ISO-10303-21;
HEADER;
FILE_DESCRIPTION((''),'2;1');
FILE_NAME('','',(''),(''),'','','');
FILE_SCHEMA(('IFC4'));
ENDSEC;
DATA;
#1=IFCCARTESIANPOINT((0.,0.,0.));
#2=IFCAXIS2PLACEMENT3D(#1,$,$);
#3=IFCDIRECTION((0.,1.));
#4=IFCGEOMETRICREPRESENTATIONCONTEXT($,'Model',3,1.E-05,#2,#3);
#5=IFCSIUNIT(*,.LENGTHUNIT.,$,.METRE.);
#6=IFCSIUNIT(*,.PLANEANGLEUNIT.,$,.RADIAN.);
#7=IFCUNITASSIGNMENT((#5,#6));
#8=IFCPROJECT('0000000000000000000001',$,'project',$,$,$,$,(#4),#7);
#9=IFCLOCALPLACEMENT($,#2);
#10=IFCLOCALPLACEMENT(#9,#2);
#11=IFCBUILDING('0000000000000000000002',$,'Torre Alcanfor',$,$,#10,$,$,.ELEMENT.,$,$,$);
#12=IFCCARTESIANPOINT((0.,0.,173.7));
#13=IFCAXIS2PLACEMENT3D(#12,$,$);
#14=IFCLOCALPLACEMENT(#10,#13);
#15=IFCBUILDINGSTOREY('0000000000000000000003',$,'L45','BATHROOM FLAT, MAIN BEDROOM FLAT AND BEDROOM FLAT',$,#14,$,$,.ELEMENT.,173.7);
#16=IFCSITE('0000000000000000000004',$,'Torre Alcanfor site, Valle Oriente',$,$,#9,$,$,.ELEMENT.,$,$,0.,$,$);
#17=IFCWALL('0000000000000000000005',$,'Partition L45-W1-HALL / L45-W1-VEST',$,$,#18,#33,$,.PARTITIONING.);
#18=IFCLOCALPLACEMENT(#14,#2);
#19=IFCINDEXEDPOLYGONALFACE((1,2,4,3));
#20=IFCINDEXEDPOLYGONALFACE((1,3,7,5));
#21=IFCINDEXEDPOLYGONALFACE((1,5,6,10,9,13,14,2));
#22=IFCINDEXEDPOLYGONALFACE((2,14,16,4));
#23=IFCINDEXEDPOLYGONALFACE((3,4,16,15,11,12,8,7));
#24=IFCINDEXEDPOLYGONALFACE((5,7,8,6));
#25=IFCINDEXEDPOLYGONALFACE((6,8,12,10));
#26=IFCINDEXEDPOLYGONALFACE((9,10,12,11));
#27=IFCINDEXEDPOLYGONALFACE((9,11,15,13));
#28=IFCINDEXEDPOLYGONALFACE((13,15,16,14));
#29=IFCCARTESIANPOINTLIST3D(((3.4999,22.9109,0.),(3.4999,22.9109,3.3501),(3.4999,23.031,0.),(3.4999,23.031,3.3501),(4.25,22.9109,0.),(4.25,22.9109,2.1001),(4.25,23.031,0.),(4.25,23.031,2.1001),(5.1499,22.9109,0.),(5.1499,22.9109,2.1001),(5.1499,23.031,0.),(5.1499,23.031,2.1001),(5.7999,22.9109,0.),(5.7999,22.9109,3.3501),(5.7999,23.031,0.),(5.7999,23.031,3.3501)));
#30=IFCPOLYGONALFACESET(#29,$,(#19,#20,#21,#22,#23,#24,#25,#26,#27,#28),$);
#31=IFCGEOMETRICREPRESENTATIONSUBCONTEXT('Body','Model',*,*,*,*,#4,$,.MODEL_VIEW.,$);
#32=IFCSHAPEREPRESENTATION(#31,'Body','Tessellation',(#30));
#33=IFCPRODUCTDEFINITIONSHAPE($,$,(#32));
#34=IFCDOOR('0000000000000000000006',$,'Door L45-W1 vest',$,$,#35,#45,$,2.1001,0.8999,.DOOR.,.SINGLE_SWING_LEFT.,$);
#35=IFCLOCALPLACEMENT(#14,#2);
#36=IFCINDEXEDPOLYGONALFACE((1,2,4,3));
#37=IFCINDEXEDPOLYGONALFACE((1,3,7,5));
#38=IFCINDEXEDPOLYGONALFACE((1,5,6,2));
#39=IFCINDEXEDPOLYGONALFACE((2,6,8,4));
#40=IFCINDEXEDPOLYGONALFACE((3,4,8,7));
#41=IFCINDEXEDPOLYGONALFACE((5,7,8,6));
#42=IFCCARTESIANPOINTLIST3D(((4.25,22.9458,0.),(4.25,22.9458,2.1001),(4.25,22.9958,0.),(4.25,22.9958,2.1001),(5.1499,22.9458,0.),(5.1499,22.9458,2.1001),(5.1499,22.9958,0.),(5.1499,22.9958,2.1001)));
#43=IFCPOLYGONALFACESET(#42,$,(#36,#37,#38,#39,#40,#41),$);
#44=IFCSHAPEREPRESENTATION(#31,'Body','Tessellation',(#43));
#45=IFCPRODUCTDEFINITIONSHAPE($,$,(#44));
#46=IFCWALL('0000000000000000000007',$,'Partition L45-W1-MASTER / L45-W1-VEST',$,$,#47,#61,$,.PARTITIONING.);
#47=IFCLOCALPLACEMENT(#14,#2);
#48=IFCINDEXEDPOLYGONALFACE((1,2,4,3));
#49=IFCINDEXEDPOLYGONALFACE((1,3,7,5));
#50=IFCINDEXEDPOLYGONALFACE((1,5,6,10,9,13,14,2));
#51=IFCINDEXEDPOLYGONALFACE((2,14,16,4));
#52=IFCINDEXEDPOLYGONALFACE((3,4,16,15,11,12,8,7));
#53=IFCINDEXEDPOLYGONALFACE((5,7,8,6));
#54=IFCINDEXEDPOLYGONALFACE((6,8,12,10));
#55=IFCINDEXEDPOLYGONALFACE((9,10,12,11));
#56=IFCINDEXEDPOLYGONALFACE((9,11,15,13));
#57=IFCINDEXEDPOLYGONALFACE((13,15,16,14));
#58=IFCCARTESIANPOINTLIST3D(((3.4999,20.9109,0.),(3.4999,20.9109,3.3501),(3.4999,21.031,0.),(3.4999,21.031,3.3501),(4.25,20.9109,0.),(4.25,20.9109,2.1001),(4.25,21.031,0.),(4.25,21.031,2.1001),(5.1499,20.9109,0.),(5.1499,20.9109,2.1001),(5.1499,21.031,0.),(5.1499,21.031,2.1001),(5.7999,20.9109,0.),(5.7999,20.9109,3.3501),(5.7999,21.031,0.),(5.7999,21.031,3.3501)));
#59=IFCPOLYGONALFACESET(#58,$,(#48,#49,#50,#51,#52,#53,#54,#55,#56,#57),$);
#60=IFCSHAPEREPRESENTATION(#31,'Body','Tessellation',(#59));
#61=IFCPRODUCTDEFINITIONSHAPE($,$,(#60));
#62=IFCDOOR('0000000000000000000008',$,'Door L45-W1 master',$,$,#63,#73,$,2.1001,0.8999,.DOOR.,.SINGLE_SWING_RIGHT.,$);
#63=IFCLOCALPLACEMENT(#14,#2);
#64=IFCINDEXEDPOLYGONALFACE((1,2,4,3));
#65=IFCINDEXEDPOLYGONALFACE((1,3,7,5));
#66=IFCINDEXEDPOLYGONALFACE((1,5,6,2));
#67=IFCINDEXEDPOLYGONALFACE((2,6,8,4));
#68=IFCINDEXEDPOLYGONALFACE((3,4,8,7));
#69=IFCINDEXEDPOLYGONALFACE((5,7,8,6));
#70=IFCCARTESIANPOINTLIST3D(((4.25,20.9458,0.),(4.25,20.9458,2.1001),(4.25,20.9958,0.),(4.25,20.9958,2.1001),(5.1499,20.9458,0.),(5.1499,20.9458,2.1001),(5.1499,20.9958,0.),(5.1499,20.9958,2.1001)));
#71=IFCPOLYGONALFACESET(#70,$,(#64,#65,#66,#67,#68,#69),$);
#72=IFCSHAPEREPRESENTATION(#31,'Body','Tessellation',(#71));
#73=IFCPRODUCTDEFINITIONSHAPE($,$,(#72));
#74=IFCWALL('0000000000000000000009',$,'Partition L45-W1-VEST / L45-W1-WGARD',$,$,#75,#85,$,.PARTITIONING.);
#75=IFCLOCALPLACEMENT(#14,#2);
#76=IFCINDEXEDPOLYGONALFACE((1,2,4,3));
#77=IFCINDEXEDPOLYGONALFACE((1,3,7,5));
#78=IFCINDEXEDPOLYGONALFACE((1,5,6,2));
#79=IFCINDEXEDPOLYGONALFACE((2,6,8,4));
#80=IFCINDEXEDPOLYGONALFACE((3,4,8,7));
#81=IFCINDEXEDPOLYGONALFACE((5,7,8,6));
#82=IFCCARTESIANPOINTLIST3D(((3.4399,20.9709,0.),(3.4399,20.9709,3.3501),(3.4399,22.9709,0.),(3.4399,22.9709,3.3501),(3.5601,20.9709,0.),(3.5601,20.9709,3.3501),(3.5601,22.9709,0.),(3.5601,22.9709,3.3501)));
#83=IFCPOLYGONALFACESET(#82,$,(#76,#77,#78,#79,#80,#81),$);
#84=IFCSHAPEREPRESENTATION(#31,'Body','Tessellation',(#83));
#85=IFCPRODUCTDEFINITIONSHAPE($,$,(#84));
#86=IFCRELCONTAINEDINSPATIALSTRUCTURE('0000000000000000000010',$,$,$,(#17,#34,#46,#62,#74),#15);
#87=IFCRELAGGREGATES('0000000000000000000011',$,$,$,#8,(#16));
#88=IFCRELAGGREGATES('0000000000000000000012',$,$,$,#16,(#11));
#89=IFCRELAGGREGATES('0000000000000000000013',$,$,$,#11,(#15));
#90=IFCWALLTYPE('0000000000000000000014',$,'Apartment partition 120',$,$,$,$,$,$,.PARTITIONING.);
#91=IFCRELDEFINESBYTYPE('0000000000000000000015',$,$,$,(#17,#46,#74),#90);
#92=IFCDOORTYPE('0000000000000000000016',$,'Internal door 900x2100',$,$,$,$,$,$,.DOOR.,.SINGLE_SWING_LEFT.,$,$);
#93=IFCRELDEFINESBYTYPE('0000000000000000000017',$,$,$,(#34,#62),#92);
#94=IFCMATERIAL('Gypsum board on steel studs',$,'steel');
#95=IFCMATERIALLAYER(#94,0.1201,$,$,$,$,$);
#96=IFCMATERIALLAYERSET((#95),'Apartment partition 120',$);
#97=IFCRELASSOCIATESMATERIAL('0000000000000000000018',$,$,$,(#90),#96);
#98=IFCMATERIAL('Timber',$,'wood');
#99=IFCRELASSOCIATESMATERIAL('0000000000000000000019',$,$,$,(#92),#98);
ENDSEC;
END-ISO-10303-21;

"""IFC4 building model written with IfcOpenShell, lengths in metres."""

from ifc_helpers import new_model, si_unit, direction, frame, frame_2d, origin, place, context, subcontext, project, spatial, rectangle, extrude, material, layer, layer_set, type_object, element, fill, save


model = new_model("IFC4")

# Units and contexts
model_context = context("Model", 3, precision=1e-05, world=origin(), true_north=direction((0.0, 1.0)))
body_context = subcontext(model_context, "Body", "Model", "MODEL_VIEW")
ifc_project = project(units=[si_unit("LENGTHUNIT", "METRE"), si_unit("PLANEANGLEUNIT", "RADIAN")], contexts=[model_context])

# Site, building, storey
site_placement = place(None, origin())
site = spatial("IfcSite", under=ifc_project, at=site_placement, Name="Torre Alcanfor site, Valle Oriente", CompositionType="ELEMENT", RefElevation=0.0)
building_placement = place(site_placement, origin())
building = spatial("IfcBuilding", under=site, at=building_placement, Name="Torre Alcanfor", CompositionType="ELEMENT")
storey_placement = place(building_placement, frame((0.0, 0.0, 173.7)))
storey = spatial("IfcBuildingStorey", under=building, at=storey_placement, Name="L45", Description="BATHROOM FLAT, MAIN BEDROOM FLAT AND BEDROOM FLAT", CompositionType="ELEMENT", Elevation=173.7)

# Shared definitions
ifc_material_1 = material(Name="Gypsum board on steel studs", Category="steel")
ifc_layer_1 = layer(ifc_material_1, 0.1201)
ifc_layer_set_1 = layer_set([ifc_layer_1], Name="Apartment partition 120")
wall_type = type_object("IfcWallType", Name="Apartment partition 120", PredefinedType="PARTITIONING", material=ifc_layer_set_1)
ifc_material_2 = material(Name="Timber", Category="wood")
door_type = type_object("IfcDoorType", Name="Internal door 900x2100", OperationType="SINGLE_SWING_LEFT", PredefinedType="DOOR", material=ifc_material_2)

# Walls, openings, doors
wall_1_placement = place(storey_placement, frame((3.5, 22.9709, 0.0), z_axis=(0.0, 0.0, 1.0), x_axis=(1.0, 0.0, 0.0)))
wall_1 = element("IfcWall", 1, at=wall_1_placement, inside=storey, type_object=wall_type, Name="Partition L45-W1-HALL / L45-W1-VEST", PredefinedType="PARTITIONING", context=body_context, shape_type="SweptSolid", body=[
    extrude(rectangle(XDim=2.3, YDim=0.1201, at=frame_2d((1.1499, 0.0))), origin(), (0.0, 0.0, 1.0), 3.3501),
])
opening_1_placement = place(wall_1_placement, frame((0.75, 0.0, 0.0)))
opening_1 = element("IfcOpeningElement", 2, at=opening_1_placement, cuts=wall_1, PredefinedType="OPENING", context=body_context, shape_type="SweptSolid", body=[
    extrude(rectangle(XDim=0.8999, YDim=2.1001, at=frame_2d((0.45, 1.05))), frame((0.0, 0.0701, 0.0), z_axis=(0.0, -1.0, 0.0), x_axis=(1.0, 0.0, 0.0)), (0.0, 0.0, 1.0), 0.1401),
])
door_1_placement = place(opening_1_placement, frame((0.8999, 0.0, 0.0), z_axis=(0.0, 0.0, 1.0), x_axis=(-1.0, 0.0, 0.0)))
door_1 = element("IfcDoor", 3, at=door_1_placement, inside=storey, type_object=door_type, Name="Door L45-W1 vest", OperationType="SINGLE_SWING_LEFT", OverallHeight=2.1001, OverallWidth=0.8999, PredefinedType="DOOR", context=body_context, shape_type="SweptSolid", body=[
    extrude(rectangle(XDim=0.8999, YDim=2.1001, at=frame_2d((0.45, 1.05))), frame((0.0, 0.0251, 0.0), z_axis=(0.0, -1.0, 0.0), x_axis=(1.0, 0.0, 0.0)), (0.0, 0.0, 1.0), 0.05),
])
fill(opening_1, door_1)
wall_2_placement = place(storey_placement, frame((3.5, 20.9709, 0.0), z_axis=(0.0, 0.0, 1.0), x_axis=(1.0, 0.0, 0.0)))
wall_2 = element("IfcWall", 4, at=wall_2_placement, inside=storey, type_object=wall_type, Name="Partition L45-W1-MASTER / L45-W1-VEST", PredefinedType="PARTITIONING", context=body_context, shape_type="SweptSolid", body=[
    extrude(rectangle(XDim=2.3, YDim=0.1201, at=frame_2d((1.1499, 0.0))), origin(), (0.0, 0.0, 1.0), 3.3501),
])
opening_2_placement = place(wall_2_placement, frame((0.75, 0.0, 0.0)))
opening_2 = element("IfcOpeningElement", 5, at=opening_2_placement, cuts=wall_2, PredefinedType="OPENING", context=body_context, shape_type="SweptSolid", body=[
    extrude(rectangle(XDim=0.8999, YDim=2.1001, at=frame_2d((0.45, 1.05))), frame((0.0, 0.0701, 0.0), z_axis=(0.0, -1.0, 0.0), x_axis=(1.0, 0.0, 0.0)), (0.0, 0.0, 1.0), 0.1401),
])
door_2_placement = place(opening_2_placement, origin())
door_2 = element("IfcDoor", 6, at=door_2_placement, inside=storey, type_object=door_type, Name="Door L45-W1 master", OperationType="SINGLE_SWING_RIGHT", OverallHeight=2.1001, OverallWidth=0.8999, PredefinedType="DOOR", context=body_context, shape_type="SweptSolid", body=[
    extrude(rectangle(XDim=0.8999, YDim=2.1001, at=frame_2d((0.45, 1.05))), frame((0.0, 0.0249, 0.0), z_axis=(0.0, -1.0, 0.0), x_axis=(1.0, 0.0, 0.0)), (0.0, 0.0, 1.0), 0.05),
])
fill(opening_2, door_2)

# Wall
wall_3_placement = place(storey_placement, frame((3.5, 22.9709, 0.0), z_axis=(0.0, 0.0, 1.0), x_axis=(0.0, -1.0, 0.0)))
element("IfcWall", 7, at=wall_3_placement, inside=storey, type_object=wall_type, Name="Partition L45-W1-VEST / L45-W1-WGARD", PredefinedType="PARTITIONING", context=body_context, shape_type="SweptSolid", body=[
    extrude(rectangle(XDim=2.0, YDim=0.1201, at=frame_2d((1.0, 0.0))), origin(), (0.0, 0.0, 1.0), 3.3501),
])

save(model, "model.ifc")
